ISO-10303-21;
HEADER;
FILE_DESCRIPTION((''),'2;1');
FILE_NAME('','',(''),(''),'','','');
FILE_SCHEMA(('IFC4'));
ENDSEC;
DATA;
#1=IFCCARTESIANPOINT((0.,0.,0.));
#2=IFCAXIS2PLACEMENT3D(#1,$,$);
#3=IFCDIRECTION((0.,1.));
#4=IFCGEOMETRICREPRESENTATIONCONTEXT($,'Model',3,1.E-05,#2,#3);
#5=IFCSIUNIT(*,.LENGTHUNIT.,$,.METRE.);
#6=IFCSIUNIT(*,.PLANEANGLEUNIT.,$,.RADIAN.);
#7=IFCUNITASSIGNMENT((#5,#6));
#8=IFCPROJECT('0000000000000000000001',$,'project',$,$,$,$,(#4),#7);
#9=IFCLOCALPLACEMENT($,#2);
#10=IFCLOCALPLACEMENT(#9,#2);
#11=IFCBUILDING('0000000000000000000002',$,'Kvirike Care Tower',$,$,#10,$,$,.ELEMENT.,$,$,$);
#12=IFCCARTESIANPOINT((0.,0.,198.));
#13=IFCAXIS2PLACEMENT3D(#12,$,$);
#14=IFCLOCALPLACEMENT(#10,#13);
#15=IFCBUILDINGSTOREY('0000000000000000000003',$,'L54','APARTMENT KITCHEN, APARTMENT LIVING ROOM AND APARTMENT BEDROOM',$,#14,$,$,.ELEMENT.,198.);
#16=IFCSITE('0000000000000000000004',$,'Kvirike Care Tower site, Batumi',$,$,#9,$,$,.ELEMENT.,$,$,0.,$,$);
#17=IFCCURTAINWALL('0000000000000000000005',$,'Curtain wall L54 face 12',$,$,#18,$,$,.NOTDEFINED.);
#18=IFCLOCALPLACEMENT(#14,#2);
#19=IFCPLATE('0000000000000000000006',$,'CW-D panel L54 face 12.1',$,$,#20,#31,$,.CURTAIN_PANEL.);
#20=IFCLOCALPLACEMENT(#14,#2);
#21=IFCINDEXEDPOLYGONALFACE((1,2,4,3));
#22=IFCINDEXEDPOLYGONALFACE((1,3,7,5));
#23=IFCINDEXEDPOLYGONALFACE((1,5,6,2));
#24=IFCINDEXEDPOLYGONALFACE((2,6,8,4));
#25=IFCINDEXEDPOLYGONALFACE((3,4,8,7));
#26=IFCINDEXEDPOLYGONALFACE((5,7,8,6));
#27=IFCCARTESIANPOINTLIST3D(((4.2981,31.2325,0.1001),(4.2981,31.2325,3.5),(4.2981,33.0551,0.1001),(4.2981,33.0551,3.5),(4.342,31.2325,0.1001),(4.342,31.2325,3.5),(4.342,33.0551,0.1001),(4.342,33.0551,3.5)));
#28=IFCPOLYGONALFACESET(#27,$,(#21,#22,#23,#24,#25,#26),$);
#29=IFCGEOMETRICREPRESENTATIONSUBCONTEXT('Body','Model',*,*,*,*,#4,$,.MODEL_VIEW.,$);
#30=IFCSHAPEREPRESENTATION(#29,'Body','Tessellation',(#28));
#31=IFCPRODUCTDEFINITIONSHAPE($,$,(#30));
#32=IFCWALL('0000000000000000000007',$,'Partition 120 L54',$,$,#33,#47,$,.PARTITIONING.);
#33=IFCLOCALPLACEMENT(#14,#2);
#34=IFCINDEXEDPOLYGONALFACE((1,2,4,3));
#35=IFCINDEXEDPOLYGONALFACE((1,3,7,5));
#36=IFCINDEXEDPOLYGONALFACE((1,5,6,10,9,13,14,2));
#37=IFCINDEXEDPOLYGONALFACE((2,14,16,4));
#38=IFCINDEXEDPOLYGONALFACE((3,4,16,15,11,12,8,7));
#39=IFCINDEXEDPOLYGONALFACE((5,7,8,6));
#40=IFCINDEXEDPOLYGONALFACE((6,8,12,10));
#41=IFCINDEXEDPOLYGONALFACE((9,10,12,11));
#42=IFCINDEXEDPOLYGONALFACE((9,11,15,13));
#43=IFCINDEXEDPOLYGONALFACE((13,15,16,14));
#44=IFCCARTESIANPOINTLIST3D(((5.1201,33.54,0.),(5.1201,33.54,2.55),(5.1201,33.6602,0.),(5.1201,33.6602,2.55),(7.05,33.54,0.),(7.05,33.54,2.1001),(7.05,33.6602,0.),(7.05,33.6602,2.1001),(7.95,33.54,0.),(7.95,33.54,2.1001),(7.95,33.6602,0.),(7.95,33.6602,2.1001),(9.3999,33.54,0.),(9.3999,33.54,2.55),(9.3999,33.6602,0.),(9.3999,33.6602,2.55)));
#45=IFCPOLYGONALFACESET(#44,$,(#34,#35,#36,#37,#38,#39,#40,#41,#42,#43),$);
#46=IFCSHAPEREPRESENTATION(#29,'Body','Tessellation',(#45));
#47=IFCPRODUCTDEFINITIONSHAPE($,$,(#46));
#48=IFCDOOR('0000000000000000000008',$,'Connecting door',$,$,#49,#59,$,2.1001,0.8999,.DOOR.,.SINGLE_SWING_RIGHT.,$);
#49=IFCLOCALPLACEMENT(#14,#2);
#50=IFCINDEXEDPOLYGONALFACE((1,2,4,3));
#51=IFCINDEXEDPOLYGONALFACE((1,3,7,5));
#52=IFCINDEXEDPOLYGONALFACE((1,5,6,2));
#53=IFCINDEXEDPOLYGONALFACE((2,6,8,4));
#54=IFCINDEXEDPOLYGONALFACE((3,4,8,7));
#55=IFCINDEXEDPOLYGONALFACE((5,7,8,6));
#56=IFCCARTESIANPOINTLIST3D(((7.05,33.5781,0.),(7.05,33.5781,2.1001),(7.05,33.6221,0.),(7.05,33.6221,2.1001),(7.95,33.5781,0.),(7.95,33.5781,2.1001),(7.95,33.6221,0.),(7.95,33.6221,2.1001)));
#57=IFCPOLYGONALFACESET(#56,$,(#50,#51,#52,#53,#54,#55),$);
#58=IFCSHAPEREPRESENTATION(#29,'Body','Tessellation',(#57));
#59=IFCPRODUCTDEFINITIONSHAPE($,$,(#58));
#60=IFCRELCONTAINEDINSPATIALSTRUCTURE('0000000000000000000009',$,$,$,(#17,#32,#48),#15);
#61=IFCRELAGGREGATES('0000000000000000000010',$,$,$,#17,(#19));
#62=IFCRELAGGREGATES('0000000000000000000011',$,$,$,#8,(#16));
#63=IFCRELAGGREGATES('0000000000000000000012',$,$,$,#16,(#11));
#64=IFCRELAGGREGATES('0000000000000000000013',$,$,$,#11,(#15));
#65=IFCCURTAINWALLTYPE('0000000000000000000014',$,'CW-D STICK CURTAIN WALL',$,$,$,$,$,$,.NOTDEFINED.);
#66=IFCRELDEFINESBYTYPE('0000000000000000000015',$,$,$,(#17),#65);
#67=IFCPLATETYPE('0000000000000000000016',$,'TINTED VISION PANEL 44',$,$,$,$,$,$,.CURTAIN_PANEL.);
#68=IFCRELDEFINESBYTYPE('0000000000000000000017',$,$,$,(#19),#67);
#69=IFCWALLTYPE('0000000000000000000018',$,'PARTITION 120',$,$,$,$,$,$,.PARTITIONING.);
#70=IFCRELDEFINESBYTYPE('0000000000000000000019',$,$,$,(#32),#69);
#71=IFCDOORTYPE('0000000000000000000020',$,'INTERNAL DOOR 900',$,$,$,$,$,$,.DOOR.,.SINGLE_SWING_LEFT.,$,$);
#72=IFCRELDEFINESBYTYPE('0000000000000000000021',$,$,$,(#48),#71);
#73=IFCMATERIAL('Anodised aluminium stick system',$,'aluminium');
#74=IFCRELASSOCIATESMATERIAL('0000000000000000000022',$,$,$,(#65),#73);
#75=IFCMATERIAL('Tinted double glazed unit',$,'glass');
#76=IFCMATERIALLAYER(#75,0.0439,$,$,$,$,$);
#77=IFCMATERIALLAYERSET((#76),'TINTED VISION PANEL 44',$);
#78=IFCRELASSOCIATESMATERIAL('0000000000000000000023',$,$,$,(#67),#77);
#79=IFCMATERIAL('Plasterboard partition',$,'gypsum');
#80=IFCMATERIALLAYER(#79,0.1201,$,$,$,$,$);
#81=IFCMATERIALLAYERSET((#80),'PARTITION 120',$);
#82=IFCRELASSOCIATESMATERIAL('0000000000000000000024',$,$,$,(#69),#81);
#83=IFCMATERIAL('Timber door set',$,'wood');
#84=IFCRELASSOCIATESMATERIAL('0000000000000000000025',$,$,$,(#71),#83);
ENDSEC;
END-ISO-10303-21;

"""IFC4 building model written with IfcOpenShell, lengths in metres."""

from ifc_helpers import new_model, si_unit, direction, frame, frame_2d, origin, origin_2d, place, context, subcontext, project, spatial, rectangle, extrude, material, layer, layer_set, type_object, element, fill, aggregate, save


model = new_model("IFC4")

# Units and contexts
model_context = context("Model", 3, precision=1e-05, world=origin(), true_north=direction((0.0, 1.0)))
body_context = subcontext(model_context, "Body", "Model", "MODEL_VIEW")
ifc_project = project(units=[si_unit("LENGTHUNIT", "METRE"), si_unit("PLANEANGLEUNIT", "RADIAN")], contexts=[model_context])

# Site, building, storey
site_placement = place(None, origin())
site = spatial("IfcSite", under=ifc_project, at=site_placement, Name="Kvirike Care Tower site, Batumi", CompositionType="ELEMENT", RefElevation=0.0)
building_placement = place(site_placement, origin())
building = spatial("IfcBuilding", under=site, at=building_placement, Name="Kvirike Care Tower", CompositionType="ELEMENT")
storey_placement = place(building_placement, frame((0.0, 0.0, 198.0)))
storey = spatial("IfcBuildingStorey", under=building, at=storey_placement, Name="L54", Description="APARTMENT KITCHEN, APARTMENT LIVING ROOM AND APARTMENT BEDROOM", CompositionType="ELEMENT", Elevation=198.0)

# Shared definitions
ifc_material_1 = material(Name="Anodised aluminium stick system", Category="aluminium")
curtain_wall_type = type_object("IfcCurtainWallType", Name="CW-D STICK CURTAIN WALL", PredefinedType="NOTDEFINED", material=ifc_material_1)

# Curtain wall
curtain_wall_1_placement = place(storey_placement, origin())
curtain_wall_1 = element("IfcCurtainWall", 1, at=curtain_wall_1_placement, inside=storey, type_object=curtain_wall_type, Name="Curtain wall L54 face 12", PredefinedType="NOTDEFINED")

# Plate
ifc_material_2 = material(Name="Tinted double glazed unit", Category="glass")
ifc_layer_1 = layer(ifc_material_2, 0.0439)
ifc_layer_set_1 = layer_set([ifc_layer_1], Name="TINTED VISION PANEL 44")
plate_type = type_object("IfcPlateType", Name="TINTED VISION PANEL 44", PredefinedType="CURTAIN_PANEL", material=ifc_layer_set_1)
plate_1_placement = place(storey_placement, frame((4.3201, 32.1438, 0.1001), z_axis=(0.0, 0.0, 1.0), x_axis=(0.0, -1.0, 0.0)))
plate_1 = element("IfcPlate", 2, at=plate_1_placement, type_object=plate_type, Name="CW-D panel L54 face 12.1", PredefinedType="CURTAIN_PANEL", context=body_context, shape_type="SweptSolid", body=[
    extrude(rectangle(XDim=1.8225, YDim=0.0439, at=origin_2d()), origin(), (0.0, 0.0, 1.0), 3.3999),
])
aggregate(curtain_wall_1, [plate_1])

# Wall, opening, door
ifc_material_3 = material(Name="Plasterboard partition", Category="gypsum")
ifc_layer_2 = layer(ifc_material_3, 0.1201)
ifc_layer_set_2 = layer_set([ifc_layer_2], Name="PARTITION 120")
wall_type = type_object("IfcWallType", Name="PARTITION 120", PredefinedType="PARTITIONING", material=ifc_layer_set_2)
wall_placement = place(storey_placement, frame((5.1201, 33.6001, 0.0), z_axis=(0.0, 0.0, 1.0), x_axis=(1.0, 0.0, 0.0)))
wall = element("IfcWall", 3, at=wall_placement, inside=storey, type_object=wall_type, Name="Partition 120 L54", PredefinedType="PARTITIONING", context=body_context, shape_type="SweptSolid", body=[
    extrude(rectangle(XDim=4.2798, YDim=0.1201, at=frame_2d((2.1399, 0.0))), origin(), (0.0, 0.0, 1.0), 2.55),
])
opening_placement = place(wall_placement, frame((1.9299, 0.0, 0.0)))
opening = element("IfcOpeningElement", 4, at=opening_placement, cuts=wall, PredefinedType="OPENING", context=body_context, shape_type="SweptSolid", body=[
    extrude(rectangle(XDim=0.8999, YDim=2.1001, at=frame_2d((0.45, 1.05))), frame((0.0, 0.0706, 0.0), z_axis=(0.0, -1.0, 0.0), x_axis=(1.0, 0.0, 0.0)), (0.0, 0.0, 1.0), 0.1411),
])
ifc_material_4 = material(Name="Timber door set", Category="wood")
door_type = type_object("IfcDoorType", Name="INTERNAL DOOR 900", OperationType="SINGLE_SWING_LEFT", PredefinedType="DOOR", material=ifc_material_4)
door_placement = place(opening_placement, frame((0.8999, 0.0, 0.0), z_axis=(0.0, 0.0, 1.0), x_axis=(-1.0, 0.0, 0.0)))
door = element("IfcDoor", 5, at=door_placement, inside=storey, type_object=door_type, Name="Connecting door", OperationType="SINGLE_SWING_RIGHT", OverallHeight=2.1001, OverallWidth=0.8999, PredefinedType="DOOR", context=body_context, shape_type="SweptSolid", body=[
    extrude(rectangle(XDim=0.8999, YDim=2.1001, at=frame_2d((0.45, 1.05))), frame((0.0, 0.022, 0.0), z_axis=(0.0, -1.0, 0.0), x_axis=(1.0, 0.0, 0.0)), (0.0, 0.0, 1.0), 0.0439),
])
fill(opening, door)

save(model, "model.ifc")
